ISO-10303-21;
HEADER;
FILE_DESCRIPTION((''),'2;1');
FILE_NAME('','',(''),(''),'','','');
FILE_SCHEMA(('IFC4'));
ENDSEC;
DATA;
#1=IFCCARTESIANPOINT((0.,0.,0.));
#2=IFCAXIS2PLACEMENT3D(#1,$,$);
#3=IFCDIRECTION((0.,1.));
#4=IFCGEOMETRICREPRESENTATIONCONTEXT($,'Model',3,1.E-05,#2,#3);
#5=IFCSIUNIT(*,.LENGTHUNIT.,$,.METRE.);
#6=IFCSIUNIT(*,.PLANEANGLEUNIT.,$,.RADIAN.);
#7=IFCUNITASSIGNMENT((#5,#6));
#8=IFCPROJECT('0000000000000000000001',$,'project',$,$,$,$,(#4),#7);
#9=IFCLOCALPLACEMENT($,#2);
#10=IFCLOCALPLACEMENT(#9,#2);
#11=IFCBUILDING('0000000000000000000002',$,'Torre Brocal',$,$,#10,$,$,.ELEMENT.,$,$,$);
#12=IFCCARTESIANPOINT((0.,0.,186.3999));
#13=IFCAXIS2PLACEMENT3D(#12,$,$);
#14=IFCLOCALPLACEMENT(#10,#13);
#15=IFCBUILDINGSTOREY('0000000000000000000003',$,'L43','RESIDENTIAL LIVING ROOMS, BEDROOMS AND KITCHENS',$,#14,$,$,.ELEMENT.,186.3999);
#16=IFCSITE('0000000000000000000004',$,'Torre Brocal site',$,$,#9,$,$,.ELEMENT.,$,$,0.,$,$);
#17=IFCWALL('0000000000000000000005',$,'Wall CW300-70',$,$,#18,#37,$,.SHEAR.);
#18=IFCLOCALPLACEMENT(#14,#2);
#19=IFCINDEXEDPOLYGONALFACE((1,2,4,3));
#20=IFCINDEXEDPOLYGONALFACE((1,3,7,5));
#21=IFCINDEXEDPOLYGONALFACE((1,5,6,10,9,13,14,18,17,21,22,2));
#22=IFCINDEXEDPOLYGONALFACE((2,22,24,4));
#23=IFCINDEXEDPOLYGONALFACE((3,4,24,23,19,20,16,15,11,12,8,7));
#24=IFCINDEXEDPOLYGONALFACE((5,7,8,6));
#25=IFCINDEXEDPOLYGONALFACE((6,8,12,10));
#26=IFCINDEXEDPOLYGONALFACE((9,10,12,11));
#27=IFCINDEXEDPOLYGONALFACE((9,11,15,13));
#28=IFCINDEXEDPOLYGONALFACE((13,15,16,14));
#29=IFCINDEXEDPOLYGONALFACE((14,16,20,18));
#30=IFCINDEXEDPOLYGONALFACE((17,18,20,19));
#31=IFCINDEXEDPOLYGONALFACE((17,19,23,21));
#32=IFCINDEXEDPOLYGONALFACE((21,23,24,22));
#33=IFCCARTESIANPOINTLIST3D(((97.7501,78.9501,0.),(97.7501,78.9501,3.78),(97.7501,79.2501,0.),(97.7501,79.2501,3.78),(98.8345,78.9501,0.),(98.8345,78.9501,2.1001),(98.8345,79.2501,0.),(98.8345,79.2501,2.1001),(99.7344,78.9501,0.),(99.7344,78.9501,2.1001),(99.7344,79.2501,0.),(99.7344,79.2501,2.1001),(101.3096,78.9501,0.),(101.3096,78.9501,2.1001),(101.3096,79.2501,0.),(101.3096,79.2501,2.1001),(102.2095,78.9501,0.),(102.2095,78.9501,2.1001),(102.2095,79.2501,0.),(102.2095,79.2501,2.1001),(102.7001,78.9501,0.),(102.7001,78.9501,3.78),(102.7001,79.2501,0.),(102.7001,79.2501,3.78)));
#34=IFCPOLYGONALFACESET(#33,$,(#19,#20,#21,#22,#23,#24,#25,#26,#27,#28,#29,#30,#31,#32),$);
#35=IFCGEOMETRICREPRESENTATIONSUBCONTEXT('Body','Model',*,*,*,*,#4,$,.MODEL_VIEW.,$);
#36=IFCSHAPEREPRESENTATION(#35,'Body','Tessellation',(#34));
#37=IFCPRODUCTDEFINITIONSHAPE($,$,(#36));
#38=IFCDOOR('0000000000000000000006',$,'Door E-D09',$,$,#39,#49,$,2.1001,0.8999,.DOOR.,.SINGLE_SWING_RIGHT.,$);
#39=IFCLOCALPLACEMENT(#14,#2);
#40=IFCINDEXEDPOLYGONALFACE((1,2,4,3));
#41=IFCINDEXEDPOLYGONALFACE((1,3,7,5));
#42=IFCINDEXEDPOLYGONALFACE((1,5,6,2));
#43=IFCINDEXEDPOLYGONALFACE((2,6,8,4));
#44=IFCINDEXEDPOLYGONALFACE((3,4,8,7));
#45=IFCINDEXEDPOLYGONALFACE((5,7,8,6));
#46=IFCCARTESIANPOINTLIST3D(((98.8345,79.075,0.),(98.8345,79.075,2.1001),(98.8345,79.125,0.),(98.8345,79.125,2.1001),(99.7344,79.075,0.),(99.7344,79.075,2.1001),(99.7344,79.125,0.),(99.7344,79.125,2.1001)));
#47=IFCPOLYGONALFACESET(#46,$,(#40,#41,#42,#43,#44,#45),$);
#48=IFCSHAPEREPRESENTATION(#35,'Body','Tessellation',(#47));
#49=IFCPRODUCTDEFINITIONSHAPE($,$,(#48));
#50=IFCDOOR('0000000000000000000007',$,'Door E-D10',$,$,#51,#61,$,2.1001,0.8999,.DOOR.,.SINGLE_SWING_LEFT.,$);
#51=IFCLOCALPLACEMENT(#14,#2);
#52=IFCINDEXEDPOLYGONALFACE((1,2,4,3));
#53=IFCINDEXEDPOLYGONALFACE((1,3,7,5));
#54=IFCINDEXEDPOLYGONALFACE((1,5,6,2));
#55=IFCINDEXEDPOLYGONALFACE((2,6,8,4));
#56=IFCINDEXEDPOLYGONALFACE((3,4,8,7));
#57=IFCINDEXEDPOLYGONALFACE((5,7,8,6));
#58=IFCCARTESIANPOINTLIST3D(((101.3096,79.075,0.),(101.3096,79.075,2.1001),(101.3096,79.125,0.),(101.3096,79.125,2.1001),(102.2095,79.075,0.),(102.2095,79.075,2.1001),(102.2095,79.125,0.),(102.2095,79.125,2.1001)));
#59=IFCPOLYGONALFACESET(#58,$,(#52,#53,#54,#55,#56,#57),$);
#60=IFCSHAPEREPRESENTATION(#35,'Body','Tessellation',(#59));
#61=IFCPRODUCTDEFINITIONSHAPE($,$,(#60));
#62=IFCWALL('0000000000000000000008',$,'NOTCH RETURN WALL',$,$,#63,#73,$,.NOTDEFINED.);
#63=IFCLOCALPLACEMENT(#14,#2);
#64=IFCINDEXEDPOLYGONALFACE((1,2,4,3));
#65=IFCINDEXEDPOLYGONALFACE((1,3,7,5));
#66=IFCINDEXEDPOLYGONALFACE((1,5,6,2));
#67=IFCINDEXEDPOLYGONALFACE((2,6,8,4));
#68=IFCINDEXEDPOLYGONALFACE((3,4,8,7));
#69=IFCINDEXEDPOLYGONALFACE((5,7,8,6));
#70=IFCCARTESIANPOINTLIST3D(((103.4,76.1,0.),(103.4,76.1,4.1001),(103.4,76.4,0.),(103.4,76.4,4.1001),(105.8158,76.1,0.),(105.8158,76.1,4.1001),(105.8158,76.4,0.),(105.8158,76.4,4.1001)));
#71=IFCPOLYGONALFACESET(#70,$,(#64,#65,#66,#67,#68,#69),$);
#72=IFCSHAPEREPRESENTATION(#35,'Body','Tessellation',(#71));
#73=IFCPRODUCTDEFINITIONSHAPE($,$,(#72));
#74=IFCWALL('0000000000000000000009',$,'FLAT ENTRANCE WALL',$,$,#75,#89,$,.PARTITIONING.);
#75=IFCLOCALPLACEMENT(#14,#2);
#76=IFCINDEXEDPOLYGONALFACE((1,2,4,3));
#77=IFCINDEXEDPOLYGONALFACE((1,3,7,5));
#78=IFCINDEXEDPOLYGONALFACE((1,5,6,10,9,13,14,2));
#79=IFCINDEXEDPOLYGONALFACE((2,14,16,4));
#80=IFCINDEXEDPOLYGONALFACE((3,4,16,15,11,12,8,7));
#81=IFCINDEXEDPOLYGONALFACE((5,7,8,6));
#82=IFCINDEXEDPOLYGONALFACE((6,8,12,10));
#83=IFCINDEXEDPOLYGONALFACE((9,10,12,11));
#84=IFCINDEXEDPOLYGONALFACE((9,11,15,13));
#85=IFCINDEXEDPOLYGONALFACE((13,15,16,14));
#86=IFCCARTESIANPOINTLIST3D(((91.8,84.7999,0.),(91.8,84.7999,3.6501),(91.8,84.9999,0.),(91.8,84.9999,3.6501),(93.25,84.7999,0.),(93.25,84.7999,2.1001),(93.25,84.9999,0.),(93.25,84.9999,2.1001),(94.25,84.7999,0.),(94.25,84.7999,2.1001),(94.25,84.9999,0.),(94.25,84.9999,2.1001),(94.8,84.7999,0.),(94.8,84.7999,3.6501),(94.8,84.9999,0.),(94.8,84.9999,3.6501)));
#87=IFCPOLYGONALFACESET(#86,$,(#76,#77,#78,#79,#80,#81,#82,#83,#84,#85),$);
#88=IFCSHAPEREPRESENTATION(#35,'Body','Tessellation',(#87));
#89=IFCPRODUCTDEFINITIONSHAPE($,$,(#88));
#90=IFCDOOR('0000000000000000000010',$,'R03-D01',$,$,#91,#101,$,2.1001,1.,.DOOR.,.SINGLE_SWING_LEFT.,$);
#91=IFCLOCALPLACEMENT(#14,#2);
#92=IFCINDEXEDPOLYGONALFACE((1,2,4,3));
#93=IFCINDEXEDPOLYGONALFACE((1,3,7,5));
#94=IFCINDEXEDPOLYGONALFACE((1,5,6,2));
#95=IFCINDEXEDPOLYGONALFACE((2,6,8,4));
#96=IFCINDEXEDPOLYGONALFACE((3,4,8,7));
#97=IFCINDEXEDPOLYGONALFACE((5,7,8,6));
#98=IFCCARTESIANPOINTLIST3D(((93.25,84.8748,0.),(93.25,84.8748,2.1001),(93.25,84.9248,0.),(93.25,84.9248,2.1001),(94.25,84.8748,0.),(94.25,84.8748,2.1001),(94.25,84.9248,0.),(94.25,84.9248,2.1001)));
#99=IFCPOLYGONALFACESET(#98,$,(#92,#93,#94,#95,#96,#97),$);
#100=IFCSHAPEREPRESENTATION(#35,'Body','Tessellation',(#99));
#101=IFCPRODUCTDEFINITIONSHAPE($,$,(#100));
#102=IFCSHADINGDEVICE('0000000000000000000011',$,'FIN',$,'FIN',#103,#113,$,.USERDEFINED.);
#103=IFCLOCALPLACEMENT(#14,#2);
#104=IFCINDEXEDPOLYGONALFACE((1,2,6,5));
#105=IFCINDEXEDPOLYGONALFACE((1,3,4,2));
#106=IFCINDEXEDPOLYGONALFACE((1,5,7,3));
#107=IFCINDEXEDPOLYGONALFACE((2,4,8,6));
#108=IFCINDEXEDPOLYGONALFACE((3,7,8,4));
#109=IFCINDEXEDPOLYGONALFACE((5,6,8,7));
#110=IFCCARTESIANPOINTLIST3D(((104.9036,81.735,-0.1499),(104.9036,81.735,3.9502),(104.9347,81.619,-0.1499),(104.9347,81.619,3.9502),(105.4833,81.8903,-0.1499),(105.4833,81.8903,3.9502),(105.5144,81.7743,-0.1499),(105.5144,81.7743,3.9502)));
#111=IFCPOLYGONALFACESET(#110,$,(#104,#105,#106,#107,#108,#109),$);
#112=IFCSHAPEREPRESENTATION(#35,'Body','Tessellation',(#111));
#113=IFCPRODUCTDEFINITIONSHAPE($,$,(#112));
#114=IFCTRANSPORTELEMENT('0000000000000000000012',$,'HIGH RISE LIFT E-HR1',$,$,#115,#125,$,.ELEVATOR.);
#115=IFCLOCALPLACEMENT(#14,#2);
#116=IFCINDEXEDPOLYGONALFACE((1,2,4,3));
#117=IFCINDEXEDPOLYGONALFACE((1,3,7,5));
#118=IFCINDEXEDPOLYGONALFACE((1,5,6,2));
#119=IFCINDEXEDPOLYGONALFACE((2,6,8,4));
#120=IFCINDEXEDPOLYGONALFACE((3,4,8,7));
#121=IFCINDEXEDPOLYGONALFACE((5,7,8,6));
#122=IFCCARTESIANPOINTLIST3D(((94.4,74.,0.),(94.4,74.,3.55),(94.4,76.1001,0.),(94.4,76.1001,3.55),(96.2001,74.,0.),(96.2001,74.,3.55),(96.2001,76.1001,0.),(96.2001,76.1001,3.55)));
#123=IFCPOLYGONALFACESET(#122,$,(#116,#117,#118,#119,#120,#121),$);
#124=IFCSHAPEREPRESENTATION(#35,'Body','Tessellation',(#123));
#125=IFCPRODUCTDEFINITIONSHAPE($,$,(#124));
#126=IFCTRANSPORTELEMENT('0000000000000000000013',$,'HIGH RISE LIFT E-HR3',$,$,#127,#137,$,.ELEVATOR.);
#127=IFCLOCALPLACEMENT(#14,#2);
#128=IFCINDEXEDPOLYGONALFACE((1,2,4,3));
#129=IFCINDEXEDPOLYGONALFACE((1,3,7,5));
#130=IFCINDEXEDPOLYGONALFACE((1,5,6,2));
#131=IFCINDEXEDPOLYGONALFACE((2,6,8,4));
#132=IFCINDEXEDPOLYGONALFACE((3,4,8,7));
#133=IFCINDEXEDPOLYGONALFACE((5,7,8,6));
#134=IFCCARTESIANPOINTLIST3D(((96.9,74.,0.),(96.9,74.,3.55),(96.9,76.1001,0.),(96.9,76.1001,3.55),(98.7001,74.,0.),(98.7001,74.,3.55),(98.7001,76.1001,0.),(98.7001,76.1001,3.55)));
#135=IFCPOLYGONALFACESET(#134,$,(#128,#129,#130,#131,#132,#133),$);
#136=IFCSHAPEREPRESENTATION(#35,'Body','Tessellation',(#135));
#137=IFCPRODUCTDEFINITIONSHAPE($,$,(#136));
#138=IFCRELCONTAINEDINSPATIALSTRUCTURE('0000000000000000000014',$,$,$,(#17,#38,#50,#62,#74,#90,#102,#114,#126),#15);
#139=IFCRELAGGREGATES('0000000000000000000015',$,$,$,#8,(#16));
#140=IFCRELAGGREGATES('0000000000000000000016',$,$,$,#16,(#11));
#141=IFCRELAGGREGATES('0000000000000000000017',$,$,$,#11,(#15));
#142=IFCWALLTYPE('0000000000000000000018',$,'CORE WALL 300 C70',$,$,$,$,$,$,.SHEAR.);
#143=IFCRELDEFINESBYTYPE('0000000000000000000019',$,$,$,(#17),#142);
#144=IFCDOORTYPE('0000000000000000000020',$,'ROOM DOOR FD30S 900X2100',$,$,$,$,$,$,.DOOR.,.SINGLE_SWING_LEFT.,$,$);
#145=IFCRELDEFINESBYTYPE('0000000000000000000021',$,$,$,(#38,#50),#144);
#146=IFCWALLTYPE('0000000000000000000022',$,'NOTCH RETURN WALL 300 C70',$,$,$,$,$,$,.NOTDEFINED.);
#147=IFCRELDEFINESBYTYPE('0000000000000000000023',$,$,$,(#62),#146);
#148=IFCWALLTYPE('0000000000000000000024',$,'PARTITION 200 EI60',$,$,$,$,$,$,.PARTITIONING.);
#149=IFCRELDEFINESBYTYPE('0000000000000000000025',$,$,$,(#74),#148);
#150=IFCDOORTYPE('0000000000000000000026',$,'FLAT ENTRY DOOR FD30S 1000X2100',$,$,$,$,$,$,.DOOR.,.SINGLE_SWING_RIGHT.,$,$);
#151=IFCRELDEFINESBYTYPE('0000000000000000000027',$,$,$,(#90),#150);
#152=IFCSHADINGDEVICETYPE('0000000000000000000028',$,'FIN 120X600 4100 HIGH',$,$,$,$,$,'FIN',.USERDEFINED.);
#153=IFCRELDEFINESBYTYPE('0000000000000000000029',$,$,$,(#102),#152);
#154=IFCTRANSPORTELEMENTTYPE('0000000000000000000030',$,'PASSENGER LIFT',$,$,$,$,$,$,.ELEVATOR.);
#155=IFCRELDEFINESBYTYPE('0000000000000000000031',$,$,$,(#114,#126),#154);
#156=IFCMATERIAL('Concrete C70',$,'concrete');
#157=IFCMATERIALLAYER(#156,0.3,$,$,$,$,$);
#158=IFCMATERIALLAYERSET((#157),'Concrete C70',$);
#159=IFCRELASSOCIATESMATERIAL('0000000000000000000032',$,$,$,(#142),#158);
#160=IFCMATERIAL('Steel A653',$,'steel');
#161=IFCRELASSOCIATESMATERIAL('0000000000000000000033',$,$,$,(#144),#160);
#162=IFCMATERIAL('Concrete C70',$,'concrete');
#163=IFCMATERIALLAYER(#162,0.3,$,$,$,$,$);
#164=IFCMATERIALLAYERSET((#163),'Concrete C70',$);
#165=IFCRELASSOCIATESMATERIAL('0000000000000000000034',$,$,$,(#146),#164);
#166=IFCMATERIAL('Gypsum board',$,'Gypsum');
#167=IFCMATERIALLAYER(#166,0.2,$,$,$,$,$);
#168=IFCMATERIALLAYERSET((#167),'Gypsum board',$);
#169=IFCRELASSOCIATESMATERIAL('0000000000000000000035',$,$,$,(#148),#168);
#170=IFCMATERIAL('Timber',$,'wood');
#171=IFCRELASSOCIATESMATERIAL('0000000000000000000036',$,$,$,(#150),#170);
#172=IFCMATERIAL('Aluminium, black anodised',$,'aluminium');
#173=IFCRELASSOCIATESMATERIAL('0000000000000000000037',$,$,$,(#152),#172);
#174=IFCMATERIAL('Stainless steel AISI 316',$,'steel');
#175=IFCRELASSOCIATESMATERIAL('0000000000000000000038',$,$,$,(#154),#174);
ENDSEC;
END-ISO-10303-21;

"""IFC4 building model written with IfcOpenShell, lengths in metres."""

from ifc_helpers import new_model, si_unit, direction, frame, frame_2d, origin, origin_2d, place, context, subcontext, project, spatial, rectangle, extrude, material, layer, layer_set, material_profile, profile_set, type_object, element, fill, save


model = new_model("IFC4")

# Units and contexts
model_context = context("Model", 3, precision=1e-05, world=origin(), true_north=direction((0.0, 1.0)))
body_context = subcontext(model_context, "Body", "Model", "MODEL_VIEW")
ifc_project = project(units=[si_unit("LENGTHUNIT", "METRE"), si_unit("PLANEANGLEUNIT", "RADIAN")], contexts=[model_context])

# Site, building, storey
site_placement = place(None, origin())
site = spatial("IfcSite", under=ifc_project, at=site_placement, Name="Torre Brocal site", CompositionType="ELEMENT", RefElevation=0.0)
building_placement = place(site_placement, origin())
building = spatial("IfcBuilding", under=site, at=building_placement, Name="Torre Brocal", CompositionType="ELEMENT")
storey_placement = place(building_placement, frame((0.0, 0.0, 186.3999)))
storey = spatial("IfcBuildingStorey", under=building, at=storey_placement, Name="L43", Description="RESIDENTIAL LIVING ROOMS, BEDROOMS AND KITCHENS", CompositionType="ELEMENT", Elevation=186.3999)

# Shared definitions
ifc_material_1 = material(Name="Concrete C70", Category="concrete")
ifc_layer_1 = layer(ifc_material_1, 0.3)
ifc_layer_set_1 = layer_set([ifc_layer_1], Name="Concrete C70")
wall_type_1 = type_object("IfcWallType", Name="CORE WALL 300 C70", PredefinedType="SHEAR", material=ifc_layer_set_1)
ifc_material_2 = material(Name="Steel A653", Category="steel")
door_type_1 = type_object("IfcDoorType", Name="ROOM DOOR FD30S 900X2100", OperationType="SINGLE_SWING_LEFT", PredefinedType="DOOR", material=ifc_material_2)

# Wall, openings, doors
wall_1_placement = place(storey_placement, frame((97.75, 79.1001, 0.0), z_axis=(0.0, 0.0, 1.0), x_axis=(1.0, 0.0, 0.0)))
wall_1 = element("IfcWall", 1, at=wall_1_placement, inside=storey, type_object=wall_type_1, Name="Wall CW300-70", PredefinedType="SHEAR", context=body_context, shape_type="SweptSolid", body=[
    extrude(rectangle(XDim=4.95, YDim=0.3, at=frame_2d((2.4751, 0.0))), origin(), (0.0, 0.0, 1.0), 3.78),
])
opening_1_placement = place(wall_1_placement, frame((1.0845, 0.0, 0.0)))
opening_1 = element("IfcOpeningElement", 2, at=opening_1_placement, cuts=wall_1, PredefinedType="OPENING", context=body_context, shape_type="SweptSolid", body=[
    extrude(rectangle(XDim=0.8999, YDim=2.1001, at=frame_2d((0.45, 1.05))), frame((0.0, 0.1599, 0.0), z_axis=(0.0, -1.0, 0.0), x_axis=(1.0, 0.0, 0.0)), (0.0, 0.0, 1.0), 0.3201),
])
opening_2_placement = place(wall_1_placement, frame((3.5596, 0.0, 0.0)))
opening_2 = element("IfcOpeningElement", 3, at=opening_2_placement, cuts=wall_1, PredefinedType="OPENING", context=body_context, shape_type="SweptSolid", body=[
    extrude(rectangle(XDim=0.8999, YDim=2.1001, at=frame_2d((0.45, 1.05))), frame((0.0, 0.1599, 0.0), z_axis=(0.0, -1.0, 0.0), x_axis=(1.0, 0.0, 0.0)), (0.0, 0.0, 1.0), 0.3201),
])
door_1_placement = place(opening_1_placement, origin())
door_1 = element("IfcDoor", 4, at=door_1_placement, inside=storey, type_object=door_type_1, Name="Door E-D09", OperationType="SINGLE_SWING_RIGHT", OverallHeight=2.1001, OverallWidth=0.8999, PredefinedType="DOOR", context=body_context, shape_type="SweptSolid", body=[
    extrude(rectangle(XDim=0.8999, YDim=2.1001, at=frame_2d((0.45, 1.05))), frame((0.0, 0.0249, 0.0), z_axis=(0.0, -1.0, 0.0), x_axis=(1.0, 0.0, 0.0)), (0.0, 0.0, 1.0), 0.05),
])
fill(opening_1, door_1)
door_2_placement = place(opening_2_placement, origin())
door_2 = element("IfcDoor", 5, at=door_2_placement, inside=storey, type_object=door_type_1, Name="Door E-D10", OperationType="SINGLE_SWING_LEFT", OverallHeight=2.1001, OverallWidth=0.8999, PredefinedType="DOOR", context=body_context, shape_type="SweptSolid", body=[
    extrude(rectangle(XDim=0.8999, YDim=2.1001, at=frame_2d((0.45, 1.05))), frame((0.0, 0.0249, 0.0), z_axis=(0.0, -1.0, 0.0), x_axis=(1.0, 0.0, 0.0)), (0.0, 0.0, 1.0), 0.05),
])
fill(opening_2, door_2)

# Wall
ifc_material_3 = material(Name="Concrete C70", Category="concrete")
ifc_layer_2 = layer(ifc_material_3, 0.3)
ifc_layer_set_2 = layer_set([ifc_layer_2], Name="Concrete C70")
wall_type_2 = type_object("IfcWallType", Name="NOTCH RETURN WALL 300 C70", PredefinedType="NOTDEFINED", material=ifc_layer_set_2)
wall_2_placement = place(storey_placement, frame((103.3999, 76.25, 0.0), z_axis=(0.0, 0.0, 1.0), x_axis=(1.0, 0.0, 0.0)))
element("IfcWall", 6, at=wall_2_placement, inside=storey, type_object=wall_type_2, Name="NOTCH RETURN WALL", PredefinedType="NOTDEFINED", context=body_context, shape_type="SweptSolid", body=[
    extrude(rectangle(XDim=2.4158, YDim=0.3, at=frame_2d((1.208, 0.0))), origin(), (0.0, 0.0, 1.0), 4.1001),
])

# Wall, opening, door
ifc_material_4 = material(Name="Gypsum board", Category="Gypsum")
ifc_layer_3 = layer(ifc_material_4, 0.2)
ifc_layer_set_3 = layer_set([ifc_layer_3], Name="Gypsum board")
wall_type_3 = type_object("IfcWallType", Name="PARTITION 200 EI60", PredefinedType="PARTITIONING", material=ifc_layer_set_3)
wall_3_placement = place(storey_placement, frame((91.8, 84.8999, 0.0), z_axis=(0.0, 0.0, 1.0), x_axis=(1.0, 0.0, 0.0)))
wall_3 = element("IfcWall", 7, at=wall_3_placement, inside=storey, type_object=wall_type_3, Name="FLAT ENTRANCE WALL", PredefinedType="PARTITIONING", context=body_context, shape_type="SweptSolid", body=[
    extrude(rectangle(XDim=3.0, YDim=0.2, at=frame_2d((1.5, 0.0))), origin(), (0.0, 0.0, 1.0), 3.6501),
])
opening_3_placement = place(wall_3_placement, frame((1.45, 0.0, 0.0)))
opening_3 = element("IfcOpeningElement", 8, at=opening_3_placement, cuts=wall_3, PredefinedType="OPENING", context=body_context, shape_type="SweptSolid", body=[
    extrude(rectangle(XDim=1.0, YDim=2.1001, at=frame_2d((0.5, 1.05))), frame((0.0, 0.1099, 0.0), z_axis=(0.0, -1.0, 0.0), x_axis=(1.0, 0.0, 0.0)), (0.0, 0.0, 1.0), 0.22),
])
ifc_material_5 = material(Name="Timber", Category="wood")
door_type_2 = type_object("IfcDoorType", Name="FLAT ENTRY DOOR FD30S 1000X2100", OperationType="SINGLE_SWING_RIGHT", PredefinedType="DOOR", material=ifc_material_5)
door_3_placement = place(opening_3_placement, origin())
door_3 = element("IfcDoor", 9, at=door_3_placement, inside=storey, type_object=door_type_2, Name="R03-D01", OperationType="SINGLE_SWING_LEFT", OverallHeight=2.1001, OverallWidth=1.0, PredefinedType="DOOR", context=body_context, shape_type="SweptSolid", body=[
    extrude(rectangle(XDim=1.0, YDim=2.1001, at=frame_2d((0.5, 1.05))), frame((0.0, 0.0249, 0.0), z_axis=(0.0, -1.0, 0.0), x_axis=(1.0, 0.0, 0.0)), (0.0, 0.0, 1.0), 0.05),
])
fill(opening_3, door_3)

# Shading device
ifc_material_6 = material(Name="Aluminium, black anodised", Category="aluminium")
ifc_material_profile_1 = material_profile(ifc_material_6, rectangle(XDim=0.1201, YDim=0.6001, at=origin_2d()), Name="FIN 120X600 4100 HIGH")
ifc_profile_set_1 = profile_set([ifc_material_profile_1], Name="Aluminium, black anodised")
shading_device_type = type_object("IfcShadingDeviceType", Name="FIN 120X600 4100 HIGH", ElementType="FIN", PredefinedType="USERDEFINED", material=ifc_profile_set_1)
shading_device_placement = place(storey_placement, frame((105.209, 81.7546, -0.1499), z_axis=(0.0, 0.0, 1.0), x_axis=(-0.258819, 0.965926, 0.0)))
element("IfcShadingDevice", 10, at=shading_device_placement, inside=storey, type_object=shading_device_type, Name="FIN", ObjectType="FIN", PredefinedType="USERDEFINED", context=body_context, shape_type="SweptSolid", body=[
    extrude(rectangle(XDim=0.1201, YDim=0.6001, at=origin_2d()), origin(), (0.0, 0.0, 1.0), 4.1001),
])

# Transport elements
ifc_material_7 = material(Name="Stainless steel AISI 316", Category="steel")
transport_element_type = type_object("IfcTransportElementType", Name="PASSENGER LIFT", PredefinedType="ELEVATOR", material=ifc_material_7)
for number, where, z_axis, x_axis, name in (
    (11, (95.3, 75.05, 0.0), (0.0, 0.0, 1.0), (1.0, 0.0, 0.0), "HIGH RISE LIFT E-HR1"),
    (12, (97.8, 75.05, 0.0), (0.0, 0.0, 1.0), (1.0, 0.0, 0.0), "HIGH RISE LIFT E-HR3"),
):
    element("IfcTransportElement", number, at=place(storey_placement, frame(where, z_axis=z_axis, x_axis=x_axis)), inside=storey, type_object=transport_element_type, Name=name, PredefinedType="ELEVATOR", context=body_context, shape_type="SweptSolid", body=[
        extrude(rectangle(XDim=1.8, YDim=2.1001, at=origin_2d()), origin(), (0.0, 0.0, 1.0), 3.55),
    ])

save(model, "model.ifc")
